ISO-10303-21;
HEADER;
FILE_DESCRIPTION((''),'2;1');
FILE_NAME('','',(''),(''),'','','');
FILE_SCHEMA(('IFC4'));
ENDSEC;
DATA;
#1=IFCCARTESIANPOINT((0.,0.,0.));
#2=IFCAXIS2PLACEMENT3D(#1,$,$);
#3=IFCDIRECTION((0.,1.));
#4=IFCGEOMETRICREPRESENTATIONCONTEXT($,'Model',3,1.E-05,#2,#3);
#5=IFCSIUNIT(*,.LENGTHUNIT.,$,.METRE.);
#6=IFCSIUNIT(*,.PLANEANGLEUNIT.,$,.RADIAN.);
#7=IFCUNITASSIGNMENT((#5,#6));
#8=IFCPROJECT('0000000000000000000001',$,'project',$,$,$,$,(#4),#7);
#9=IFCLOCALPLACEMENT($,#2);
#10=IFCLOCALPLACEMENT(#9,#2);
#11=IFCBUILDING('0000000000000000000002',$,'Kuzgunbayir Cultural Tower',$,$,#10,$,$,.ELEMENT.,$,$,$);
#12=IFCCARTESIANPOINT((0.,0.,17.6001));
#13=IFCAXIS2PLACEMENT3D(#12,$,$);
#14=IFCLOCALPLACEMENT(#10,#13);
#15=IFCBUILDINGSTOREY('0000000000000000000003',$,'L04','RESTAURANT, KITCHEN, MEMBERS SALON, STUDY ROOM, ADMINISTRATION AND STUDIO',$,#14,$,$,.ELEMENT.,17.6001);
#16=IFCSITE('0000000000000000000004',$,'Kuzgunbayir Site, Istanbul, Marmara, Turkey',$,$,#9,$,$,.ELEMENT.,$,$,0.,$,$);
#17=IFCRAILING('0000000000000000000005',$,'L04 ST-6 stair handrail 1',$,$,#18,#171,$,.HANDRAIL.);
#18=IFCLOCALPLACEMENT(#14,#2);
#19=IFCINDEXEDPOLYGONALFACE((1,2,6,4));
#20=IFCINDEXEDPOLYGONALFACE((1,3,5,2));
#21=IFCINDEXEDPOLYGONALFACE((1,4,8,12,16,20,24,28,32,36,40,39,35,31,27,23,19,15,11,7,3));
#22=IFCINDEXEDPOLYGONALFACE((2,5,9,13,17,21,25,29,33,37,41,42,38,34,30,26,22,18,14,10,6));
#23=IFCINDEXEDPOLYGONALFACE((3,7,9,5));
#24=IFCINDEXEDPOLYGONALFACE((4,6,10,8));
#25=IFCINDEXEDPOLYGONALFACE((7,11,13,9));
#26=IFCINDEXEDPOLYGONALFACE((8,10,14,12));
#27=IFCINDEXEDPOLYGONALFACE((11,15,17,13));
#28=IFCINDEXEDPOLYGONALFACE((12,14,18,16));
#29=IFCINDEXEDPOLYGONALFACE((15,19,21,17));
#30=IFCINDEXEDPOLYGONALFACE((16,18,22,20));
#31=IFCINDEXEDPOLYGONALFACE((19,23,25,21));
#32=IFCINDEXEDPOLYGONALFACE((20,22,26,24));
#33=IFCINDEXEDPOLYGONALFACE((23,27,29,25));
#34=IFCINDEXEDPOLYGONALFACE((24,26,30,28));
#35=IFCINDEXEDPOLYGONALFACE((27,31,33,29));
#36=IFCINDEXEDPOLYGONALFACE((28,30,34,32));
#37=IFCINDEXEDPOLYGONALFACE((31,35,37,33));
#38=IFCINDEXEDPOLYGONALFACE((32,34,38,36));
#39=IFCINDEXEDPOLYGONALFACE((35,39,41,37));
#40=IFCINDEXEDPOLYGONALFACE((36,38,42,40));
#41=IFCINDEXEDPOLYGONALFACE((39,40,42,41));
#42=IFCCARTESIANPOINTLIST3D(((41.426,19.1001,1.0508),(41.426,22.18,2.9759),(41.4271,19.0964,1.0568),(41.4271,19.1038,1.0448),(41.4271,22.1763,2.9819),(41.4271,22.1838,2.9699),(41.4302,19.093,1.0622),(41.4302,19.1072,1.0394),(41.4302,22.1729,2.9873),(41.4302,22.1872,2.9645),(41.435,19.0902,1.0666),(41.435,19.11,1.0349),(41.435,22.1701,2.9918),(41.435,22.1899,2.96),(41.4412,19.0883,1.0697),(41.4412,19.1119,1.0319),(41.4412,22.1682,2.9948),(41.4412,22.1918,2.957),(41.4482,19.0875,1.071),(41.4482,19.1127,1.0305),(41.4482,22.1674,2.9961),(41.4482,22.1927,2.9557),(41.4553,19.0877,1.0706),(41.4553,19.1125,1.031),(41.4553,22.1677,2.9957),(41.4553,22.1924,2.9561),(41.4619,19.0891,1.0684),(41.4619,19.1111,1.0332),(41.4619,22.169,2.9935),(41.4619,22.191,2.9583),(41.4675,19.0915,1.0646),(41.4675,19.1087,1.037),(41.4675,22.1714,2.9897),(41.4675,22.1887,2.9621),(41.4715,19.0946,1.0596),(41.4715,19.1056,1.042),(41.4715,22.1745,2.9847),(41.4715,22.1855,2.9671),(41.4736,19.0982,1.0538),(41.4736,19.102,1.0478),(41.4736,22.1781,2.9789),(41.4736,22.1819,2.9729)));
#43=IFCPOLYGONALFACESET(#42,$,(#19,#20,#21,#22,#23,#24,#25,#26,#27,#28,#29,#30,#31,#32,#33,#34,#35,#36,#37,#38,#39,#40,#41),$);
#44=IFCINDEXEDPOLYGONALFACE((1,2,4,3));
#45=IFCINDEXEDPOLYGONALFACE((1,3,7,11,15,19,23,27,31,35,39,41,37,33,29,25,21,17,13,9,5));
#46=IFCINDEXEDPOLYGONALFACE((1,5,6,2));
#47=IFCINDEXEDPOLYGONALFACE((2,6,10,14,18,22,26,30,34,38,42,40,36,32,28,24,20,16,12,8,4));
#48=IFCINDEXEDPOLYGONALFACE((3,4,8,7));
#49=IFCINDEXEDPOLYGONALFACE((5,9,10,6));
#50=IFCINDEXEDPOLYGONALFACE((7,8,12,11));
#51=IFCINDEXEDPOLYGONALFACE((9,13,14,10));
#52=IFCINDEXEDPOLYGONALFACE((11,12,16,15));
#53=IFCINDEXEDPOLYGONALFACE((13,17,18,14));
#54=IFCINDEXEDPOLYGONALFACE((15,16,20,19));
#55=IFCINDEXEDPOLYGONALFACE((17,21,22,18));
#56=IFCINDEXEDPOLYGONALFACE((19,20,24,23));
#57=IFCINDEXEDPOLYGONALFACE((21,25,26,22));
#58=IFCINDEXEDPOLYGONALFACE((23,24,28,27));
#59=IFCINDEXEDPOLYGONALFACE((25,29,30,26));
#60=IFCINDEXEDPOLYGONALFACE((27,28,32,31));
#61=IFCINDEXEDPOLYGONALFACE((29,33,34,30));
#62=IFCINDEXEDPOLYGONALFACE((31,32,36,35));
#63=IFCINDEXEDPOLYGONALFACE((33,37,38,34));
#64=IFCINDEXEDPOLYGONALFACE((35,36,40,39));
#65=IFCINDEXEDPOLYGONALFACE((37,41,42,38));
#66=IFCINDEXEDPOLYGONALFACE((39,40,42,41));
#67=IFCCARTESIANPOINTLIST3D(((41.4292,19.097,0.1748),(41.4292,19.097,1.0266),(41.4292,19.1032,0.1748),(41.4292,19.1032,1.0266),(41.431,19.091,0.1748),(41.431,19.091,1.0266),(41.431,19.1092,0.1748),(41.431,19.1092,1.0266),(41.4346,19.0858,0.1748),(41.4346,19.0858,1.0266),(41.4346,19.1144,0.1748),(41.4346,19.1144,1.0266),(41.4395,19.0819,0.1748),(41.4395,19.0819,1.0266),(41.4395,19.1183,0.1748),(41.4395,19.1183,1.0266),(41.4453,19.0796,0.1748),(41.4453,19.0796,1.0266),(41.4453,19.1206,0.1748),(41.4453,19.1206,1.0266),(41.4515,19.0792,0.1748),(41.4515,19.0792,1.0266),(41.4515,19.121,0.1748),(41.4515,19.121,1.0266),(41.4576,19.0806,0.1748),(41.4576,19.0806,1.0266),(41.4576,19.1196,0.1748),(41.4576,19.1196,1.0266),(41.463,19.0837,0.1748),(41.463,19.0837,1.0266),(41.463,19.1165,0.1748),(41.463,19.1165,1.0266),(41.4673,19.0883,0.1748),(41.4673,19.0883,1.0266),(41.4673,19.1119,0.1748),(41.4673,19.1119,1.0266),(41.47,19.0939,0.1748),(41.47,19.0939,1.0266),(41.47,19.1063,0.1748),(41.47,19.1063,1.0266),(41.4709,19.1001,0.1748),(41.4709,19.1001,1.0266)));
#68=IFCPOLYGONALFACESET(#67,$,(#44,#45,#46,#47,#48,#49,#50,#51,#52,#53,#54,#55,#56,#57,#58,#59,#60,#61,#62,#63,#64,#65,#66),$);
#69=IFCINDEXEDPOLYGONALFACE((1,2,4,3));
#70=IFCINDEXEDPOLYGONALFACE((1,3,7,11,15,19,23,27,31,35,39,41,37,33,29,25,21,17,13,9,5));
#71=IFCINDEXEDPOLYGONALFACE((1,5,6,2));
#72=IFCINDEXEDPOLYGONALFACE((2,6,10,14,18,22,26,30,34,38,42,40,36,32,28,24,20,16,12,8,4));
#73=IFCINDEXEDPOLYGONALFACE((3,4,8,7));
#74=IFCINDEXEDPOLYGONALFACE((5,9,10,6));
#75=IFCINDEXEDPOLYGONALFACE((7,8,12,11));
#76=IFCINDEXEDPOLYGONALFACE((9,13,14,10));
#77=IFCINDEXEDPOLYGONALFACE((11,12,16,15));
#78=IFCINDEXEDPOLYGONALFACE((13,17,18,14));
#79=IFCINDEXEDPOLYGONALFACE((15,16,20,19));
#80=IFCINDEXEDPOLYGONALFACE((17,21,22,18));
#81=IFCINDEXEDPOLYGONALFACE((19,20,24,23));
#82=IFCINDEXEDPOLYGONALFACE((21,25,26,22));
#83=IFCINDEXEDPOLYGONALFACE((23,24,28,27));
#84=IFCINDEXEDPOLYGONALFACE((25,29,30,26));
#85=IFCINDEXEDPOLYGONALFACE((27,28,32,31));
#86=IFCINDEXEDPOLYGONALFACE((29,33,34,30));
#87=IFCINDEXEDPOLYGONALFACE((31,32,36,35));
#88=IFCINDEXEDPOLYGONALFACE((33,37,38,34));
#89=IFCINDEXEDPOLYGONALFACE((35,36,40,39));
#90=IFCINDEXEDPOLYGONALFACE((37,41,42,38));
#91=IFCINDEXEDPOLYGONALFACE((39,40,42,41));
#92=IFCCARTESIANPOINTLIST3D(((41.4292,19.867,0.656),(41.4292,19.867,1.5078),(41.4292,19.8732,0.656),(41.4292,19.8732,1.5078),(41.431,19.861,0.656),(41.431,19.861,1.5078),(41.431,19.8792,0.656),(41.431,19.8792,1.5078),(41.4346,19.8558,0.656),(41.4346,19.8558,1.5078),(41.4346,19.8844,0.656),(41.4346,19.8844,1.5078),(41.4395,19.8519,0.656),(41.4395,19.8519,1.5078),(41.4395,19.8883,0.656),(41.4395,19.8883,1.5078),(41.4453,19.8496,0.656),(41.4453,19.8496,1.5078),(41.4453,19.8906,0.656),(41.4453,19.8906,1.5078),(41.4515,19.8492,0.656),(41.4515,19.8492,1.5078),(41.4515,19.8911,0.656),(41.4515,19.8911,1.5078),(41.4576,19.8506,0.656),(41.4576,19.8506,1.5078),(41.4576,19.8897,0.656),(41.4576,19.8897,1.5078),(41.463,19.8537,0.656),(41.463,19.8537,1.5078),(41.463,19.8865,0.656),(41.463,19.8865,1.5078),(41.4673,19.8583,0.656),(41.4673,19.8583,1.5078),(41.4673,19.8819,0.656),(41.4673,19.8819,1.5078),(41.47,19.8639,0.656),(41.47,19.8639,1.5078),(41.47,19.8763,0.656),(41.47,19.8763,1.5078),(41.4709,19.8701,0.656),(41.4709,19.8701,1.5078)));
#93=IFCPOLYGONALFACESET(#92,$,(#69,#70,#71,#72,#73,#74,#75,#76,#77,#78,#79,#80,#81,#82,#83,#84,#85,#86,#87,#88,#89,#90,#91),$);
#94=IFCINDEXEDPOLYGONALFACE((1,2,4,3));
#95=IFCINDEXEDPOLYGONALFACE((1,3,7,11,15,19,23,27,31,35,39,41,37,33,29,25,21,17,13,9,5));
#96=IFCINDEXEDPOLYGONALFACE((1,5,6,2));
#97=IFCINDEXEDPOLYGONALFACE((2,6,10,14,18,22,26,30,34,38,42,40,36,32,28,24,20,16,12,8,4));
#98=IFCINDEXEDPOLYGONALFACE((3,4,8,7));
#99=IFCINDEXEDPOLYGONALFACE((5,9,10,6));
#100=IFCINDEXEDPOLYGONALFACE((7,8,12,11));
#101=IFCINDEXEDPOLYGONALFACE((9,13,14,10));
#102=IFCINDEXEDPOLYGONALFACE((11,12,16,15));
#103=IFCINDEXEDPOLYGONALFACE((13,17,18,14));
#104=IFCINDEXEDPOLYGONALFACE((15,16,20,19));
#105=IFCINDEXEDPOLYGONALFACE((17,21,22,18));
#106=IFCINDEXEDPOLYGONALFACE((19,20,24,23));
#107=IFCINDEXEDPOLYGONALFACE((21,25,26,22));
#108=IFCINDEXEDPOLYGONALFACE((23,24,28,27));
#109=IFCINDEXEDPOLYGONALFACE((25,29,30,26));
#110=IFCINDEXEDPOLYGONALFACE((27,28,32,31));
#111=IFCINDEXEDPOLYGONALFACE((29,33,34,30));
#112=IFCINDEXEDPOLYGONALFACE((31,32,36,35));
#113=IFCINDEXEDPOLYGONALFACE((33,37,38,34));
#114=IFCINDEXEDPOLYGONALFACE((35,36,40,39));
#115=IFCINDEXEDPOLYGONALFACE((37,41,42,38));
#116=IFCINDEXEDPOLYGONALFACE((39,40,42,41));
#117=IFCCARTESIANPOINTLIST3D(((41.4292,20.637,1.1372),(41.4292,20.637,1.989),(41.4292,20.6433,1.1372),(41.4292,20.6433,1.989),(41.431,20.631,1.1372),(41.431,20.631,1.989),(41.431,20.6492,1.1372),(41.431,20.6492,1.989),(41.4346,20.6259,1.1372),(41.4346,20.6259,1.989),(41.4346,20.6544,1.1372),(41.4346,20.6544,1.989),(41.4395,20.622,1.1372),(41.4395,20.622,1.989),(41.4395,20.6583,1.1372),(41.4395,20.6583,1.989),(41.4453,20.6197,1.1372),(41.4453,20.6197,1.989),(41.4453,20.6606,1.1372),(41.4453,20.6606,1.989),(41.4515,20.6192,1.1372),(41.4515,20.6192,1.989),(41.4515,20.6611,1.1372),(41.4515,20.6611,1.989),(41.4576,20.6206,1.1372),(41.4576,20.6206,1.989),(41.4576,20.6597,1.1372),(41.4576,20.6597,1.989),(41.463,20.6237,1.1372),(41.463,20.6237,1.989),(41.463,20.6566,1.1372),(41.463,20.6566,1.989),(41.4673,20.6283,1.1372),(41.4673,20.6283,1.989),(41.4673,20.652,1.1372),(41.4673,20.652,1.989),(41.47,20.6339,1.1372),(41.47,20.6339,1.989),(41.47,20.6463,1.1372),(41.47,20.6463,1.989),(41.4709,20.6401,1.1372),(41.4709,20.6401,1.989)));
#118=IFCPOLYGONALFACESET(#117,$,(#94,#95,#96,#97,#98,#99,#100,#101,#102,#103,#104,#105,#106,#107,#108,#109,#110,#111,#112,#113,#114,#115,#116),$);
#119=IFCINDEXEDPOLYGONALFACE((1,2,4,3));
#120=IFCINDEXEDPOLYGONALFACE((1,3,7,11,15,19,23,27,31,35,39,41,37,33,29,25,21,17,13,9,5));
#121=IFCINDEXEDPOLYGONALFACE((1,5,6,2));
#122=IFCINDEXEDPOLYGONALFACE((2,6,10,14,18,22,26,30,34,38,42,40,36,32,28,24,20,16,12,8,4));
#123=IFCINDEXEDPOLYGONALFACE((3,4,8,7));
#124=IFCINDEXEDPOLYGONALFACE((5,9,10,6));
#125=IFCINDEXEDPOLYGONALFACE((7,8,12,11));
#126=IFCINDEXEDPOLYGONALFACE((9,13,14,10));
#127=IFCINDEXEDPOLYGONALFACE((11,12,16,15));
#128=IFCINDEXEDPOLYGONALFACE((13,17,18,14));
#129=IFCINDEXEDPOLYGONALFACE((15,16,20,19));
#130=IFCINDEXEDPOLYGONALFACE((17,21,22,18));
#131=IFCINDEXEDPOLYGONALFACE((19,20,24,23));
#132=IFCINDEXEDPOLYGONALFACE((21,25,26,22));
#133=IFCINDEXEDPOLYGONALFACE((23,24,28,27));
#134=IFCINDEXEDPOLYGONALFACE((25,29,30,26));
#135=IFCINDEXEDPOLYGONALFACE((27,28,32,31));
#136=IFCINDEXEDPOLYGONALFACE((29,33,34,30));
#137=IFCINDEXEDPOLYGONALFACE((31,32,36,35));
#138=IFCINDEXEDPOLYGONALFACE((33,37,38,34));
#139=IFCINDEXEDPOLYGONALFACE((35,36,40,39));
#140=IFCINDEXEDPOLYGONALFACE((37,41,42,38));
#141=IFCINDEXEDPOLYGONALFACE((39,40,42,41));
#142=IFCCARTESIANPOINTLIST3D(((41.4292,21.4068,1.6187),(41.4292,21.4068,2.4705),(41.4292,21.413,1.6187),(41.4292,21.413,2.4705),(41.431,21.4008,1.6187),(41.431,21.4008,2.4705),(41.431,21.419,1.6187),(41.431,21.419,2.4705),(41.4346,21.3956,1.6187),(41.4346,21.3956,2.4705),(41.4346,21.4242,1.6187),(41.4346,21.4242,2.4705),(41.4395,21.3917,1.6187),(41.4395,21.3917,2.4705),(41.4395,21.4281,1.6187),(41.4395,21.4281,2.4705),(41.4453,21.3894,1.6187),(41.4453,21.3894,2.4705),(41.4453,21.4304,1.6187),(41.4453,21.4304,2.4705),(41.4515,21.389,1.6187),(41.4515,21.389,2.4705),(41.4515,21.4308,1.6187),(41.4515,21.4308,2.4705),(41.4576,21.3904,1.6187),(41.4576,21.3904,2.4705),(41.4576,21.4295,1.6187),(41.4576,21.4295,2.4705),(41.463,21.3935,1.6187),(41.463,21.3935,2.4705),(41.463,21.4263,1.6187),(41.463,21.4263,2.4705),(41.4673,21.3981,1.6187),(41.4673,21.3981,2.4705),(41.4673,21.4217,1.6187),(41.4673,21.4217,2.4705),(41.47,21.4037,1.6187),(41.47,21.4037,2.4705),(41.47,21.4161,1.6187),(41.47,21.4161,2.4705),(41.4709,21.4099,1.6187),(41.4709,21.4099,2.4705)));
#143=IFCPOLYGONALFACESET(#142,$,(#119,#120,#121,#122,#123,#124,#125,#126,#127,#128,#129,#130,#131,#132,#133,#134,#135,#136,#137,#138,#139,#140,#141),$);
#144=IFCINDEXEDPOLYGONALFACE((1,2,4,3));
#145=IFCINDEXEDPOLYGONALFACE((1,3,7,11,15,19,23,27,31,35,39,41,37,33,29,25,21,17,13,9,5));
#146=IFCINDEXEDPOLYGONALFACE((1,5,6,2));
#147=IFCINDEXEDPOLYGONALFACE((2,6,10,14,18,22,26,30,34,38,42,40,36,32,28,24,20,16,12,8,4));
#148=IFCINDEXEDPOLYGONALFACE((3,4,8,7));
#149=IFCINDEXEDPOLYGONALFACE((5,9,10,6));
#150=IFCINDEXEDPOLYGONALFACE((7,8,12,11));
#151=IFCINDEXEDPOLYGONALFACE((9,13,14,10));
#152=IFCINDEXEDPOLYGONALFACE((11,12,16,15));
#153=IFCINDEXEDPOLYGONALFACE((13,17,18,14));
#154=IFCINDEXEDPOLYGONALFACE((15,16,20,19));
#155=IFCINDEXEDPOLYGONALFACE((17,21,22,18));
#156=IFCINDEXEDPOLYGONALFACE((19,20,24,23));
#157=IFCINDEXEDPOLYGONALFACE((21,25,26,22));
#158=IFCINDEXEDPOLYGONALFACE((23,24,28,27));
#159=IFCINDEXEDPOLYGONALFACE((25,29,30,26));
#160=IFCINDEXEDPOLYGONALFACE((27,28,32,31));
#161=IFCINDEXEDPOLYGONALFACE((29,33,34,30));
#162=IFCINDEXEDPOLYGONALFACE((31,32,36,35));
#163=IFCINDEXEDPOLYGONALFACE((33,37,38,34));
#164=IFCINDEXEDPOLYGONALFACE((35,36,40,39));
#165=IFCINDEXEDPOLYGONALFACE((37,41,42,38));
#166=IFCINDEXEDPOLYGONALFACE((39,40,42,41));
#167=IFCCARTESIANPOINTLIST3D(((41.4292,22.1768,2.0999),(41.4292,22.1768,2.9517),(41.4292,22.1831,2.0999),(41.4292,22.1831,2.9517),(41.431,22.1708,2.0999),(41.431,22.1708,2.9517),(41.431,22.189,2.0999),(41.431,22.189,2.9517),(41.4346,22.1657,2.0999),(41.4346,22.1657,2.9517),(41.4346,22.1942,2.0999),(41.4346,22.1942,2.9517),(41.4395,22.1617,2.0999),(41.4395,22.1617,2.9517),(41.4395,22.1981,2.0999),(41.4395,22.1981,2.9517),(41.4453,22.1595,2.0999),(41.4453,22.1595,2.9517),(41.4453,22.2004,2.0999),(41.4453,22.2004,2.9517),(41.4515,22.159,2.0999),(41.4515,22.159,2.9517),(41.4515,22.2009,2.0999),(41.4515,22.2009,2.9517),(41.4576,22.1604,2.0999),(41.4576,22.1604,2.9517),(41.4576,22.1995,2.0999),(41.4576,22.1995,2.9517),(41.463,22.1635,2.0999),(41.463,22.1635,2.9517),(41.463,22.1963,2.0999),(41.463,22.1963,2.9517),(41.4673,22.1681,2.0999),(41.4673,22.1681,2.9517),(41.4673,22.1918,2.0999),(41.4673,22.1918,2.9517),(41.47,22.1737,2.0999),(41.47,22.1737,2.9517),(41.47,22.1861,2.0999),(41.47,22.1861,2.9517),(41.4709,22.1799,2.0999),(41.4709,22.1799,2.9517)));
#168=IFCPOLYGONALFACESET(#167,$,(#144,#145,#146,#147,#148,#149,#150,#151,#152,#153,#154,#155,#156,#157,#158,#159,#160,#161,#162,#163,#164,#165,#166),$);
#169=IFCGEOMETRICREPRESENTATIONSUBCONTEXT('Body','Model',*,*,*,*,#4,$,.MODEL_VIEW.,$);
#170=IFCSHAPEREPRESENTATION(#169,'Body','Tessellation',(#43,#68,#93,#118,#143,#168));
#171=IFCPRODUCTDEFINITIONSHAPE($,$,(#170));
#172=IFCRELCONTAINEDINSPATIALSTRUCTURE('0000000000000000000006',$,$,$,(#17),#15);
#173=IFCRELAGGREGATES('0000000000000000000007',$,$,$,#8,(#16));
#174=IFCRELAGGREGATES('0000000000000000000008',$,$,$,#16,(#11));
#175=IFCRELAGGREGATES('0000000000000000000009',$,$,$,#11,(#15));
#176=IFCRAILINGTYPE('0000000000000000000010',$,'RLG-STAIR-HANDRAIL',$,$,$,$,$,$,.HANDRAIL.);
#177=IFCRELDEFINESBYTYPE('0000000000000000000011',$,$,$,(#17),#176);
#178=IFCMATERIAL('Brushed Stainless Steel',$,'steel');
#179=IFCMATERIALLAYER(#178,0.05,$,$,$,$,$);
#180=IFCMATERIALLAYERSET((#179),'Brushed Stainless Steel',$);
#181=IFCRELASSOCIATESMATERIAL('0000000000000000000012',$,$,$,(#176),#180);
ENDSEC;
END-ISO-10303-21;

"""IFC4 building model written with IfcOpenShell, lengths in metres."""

from ifc_helpers import new_model, si_unit, direction, frame, origin, origin_2d, place, context, subcontext, project, spatial, circle, extrude, material, layer, layer_set, type_object, element, save


model = new_model("IFC4")

# Units and contexts
model_context = context("Model", 3, precision=1e-05, world=origin(), true_north=direction((0.0, 1.0)))
body_context = subcontext(model_context, "Body", "Model", "MODEL_VIEW")
ifc_project = project(units=[si_unit("LENGTHUNIT", "METRE"), si_unit("PLANEANGLEUNIT", "RADIAN")], contexts=[model_context])

# Site, building, storey
site_placement = place(None, origin())
site = spatial("IfcSite", under=ifc_project, at=site_placement, Name="Kuzgunbayir Site, Istanbul, Marmara, Turkey", CompositionType="ELEMENT", RefElevation=0.0)
building_placement = place(site_placement, origin())
building = spatial("IfcBuilding", under=site, at=building_placement, Name="Kuzgunbayir Cultural Tower", CompositionType="ELEMENT")
storey_placement = place(building_placement, frame((0.0, 0.0, 17.6001)))
storey = spatial("IfcBuildingStorey", under=building, at=storey_placement, Name="L04", Description="RESTAURANT, KITCHEN, MEMBERS SALON, STUDY ROOM, ADMINISTRATION AND STUDIO", CompositionType="ELEMENT", Elevation=17.6001)

# Railing
ifc_material_1 = material(Name="Brushed Stainless Steel", Category="steel")
ifc_layer_1 = layer(ifc_material_1, 0.05)
ifc_layer_set_1 = layer_set([ifc_layer_1], Name="Brushed Stainless Steel")
railing_type_1 = type_object("IfcRailingType", Name="RLG-STAIR-HANDRAIL", PredefinedType="HANDRAIL", material=ifc_layer_set_1)
railing_1_placement = place(storey_placement, frame((41.45, 19.1001, 0.1748)))
element("IfcRailing", 1, at=railing_1_placement, inside=storey, type_object=railing_type_1, Name="L04 ST-6 stair handrail 1", PredefinedType="HANDRAIL", context=body_context, shape_type="SweptSolid", body=[
    extrude(circle(Radius=0.0239, at=origin_2d()), frame((0.0, 0.0, 0.876), z_axis=(0.0, 0.847979, 0.530029), x_axis=(-1.0, 0.0, 0.0)), (0.0, 0.0, 1.0), 3.6321),
    extrude(circle(Radius=0.021, at=origin_2d()), origin(), (0.0, 0.0, 1.0), 0.8518),
    extrude(circle(Radius=0.021, at=origin_2d()), frame((0.0, 0.77, 0.4812)), (0.0, 0.0, 1.0), 0.8518),
    extrude(circle(Radius=0.021, at=origin_2d()), frame((0.0, 1.54, 0.9624)), (0.0, 0.0, 1.0), 0.8518),
    extrude(circle(Radius=0.021, at=origin_2d()), frame((0.0, 2.3098, 1.4438)), (0.0, 0.0, 1.0), 0.8518),
    extrude(circle(Radius=0.021, at=origin_2d()), frame((0.0, 3.0798, 1.925)), (0.0, 0.0, 1.0), 0.8518),
])

save(model, "model.ifc")
